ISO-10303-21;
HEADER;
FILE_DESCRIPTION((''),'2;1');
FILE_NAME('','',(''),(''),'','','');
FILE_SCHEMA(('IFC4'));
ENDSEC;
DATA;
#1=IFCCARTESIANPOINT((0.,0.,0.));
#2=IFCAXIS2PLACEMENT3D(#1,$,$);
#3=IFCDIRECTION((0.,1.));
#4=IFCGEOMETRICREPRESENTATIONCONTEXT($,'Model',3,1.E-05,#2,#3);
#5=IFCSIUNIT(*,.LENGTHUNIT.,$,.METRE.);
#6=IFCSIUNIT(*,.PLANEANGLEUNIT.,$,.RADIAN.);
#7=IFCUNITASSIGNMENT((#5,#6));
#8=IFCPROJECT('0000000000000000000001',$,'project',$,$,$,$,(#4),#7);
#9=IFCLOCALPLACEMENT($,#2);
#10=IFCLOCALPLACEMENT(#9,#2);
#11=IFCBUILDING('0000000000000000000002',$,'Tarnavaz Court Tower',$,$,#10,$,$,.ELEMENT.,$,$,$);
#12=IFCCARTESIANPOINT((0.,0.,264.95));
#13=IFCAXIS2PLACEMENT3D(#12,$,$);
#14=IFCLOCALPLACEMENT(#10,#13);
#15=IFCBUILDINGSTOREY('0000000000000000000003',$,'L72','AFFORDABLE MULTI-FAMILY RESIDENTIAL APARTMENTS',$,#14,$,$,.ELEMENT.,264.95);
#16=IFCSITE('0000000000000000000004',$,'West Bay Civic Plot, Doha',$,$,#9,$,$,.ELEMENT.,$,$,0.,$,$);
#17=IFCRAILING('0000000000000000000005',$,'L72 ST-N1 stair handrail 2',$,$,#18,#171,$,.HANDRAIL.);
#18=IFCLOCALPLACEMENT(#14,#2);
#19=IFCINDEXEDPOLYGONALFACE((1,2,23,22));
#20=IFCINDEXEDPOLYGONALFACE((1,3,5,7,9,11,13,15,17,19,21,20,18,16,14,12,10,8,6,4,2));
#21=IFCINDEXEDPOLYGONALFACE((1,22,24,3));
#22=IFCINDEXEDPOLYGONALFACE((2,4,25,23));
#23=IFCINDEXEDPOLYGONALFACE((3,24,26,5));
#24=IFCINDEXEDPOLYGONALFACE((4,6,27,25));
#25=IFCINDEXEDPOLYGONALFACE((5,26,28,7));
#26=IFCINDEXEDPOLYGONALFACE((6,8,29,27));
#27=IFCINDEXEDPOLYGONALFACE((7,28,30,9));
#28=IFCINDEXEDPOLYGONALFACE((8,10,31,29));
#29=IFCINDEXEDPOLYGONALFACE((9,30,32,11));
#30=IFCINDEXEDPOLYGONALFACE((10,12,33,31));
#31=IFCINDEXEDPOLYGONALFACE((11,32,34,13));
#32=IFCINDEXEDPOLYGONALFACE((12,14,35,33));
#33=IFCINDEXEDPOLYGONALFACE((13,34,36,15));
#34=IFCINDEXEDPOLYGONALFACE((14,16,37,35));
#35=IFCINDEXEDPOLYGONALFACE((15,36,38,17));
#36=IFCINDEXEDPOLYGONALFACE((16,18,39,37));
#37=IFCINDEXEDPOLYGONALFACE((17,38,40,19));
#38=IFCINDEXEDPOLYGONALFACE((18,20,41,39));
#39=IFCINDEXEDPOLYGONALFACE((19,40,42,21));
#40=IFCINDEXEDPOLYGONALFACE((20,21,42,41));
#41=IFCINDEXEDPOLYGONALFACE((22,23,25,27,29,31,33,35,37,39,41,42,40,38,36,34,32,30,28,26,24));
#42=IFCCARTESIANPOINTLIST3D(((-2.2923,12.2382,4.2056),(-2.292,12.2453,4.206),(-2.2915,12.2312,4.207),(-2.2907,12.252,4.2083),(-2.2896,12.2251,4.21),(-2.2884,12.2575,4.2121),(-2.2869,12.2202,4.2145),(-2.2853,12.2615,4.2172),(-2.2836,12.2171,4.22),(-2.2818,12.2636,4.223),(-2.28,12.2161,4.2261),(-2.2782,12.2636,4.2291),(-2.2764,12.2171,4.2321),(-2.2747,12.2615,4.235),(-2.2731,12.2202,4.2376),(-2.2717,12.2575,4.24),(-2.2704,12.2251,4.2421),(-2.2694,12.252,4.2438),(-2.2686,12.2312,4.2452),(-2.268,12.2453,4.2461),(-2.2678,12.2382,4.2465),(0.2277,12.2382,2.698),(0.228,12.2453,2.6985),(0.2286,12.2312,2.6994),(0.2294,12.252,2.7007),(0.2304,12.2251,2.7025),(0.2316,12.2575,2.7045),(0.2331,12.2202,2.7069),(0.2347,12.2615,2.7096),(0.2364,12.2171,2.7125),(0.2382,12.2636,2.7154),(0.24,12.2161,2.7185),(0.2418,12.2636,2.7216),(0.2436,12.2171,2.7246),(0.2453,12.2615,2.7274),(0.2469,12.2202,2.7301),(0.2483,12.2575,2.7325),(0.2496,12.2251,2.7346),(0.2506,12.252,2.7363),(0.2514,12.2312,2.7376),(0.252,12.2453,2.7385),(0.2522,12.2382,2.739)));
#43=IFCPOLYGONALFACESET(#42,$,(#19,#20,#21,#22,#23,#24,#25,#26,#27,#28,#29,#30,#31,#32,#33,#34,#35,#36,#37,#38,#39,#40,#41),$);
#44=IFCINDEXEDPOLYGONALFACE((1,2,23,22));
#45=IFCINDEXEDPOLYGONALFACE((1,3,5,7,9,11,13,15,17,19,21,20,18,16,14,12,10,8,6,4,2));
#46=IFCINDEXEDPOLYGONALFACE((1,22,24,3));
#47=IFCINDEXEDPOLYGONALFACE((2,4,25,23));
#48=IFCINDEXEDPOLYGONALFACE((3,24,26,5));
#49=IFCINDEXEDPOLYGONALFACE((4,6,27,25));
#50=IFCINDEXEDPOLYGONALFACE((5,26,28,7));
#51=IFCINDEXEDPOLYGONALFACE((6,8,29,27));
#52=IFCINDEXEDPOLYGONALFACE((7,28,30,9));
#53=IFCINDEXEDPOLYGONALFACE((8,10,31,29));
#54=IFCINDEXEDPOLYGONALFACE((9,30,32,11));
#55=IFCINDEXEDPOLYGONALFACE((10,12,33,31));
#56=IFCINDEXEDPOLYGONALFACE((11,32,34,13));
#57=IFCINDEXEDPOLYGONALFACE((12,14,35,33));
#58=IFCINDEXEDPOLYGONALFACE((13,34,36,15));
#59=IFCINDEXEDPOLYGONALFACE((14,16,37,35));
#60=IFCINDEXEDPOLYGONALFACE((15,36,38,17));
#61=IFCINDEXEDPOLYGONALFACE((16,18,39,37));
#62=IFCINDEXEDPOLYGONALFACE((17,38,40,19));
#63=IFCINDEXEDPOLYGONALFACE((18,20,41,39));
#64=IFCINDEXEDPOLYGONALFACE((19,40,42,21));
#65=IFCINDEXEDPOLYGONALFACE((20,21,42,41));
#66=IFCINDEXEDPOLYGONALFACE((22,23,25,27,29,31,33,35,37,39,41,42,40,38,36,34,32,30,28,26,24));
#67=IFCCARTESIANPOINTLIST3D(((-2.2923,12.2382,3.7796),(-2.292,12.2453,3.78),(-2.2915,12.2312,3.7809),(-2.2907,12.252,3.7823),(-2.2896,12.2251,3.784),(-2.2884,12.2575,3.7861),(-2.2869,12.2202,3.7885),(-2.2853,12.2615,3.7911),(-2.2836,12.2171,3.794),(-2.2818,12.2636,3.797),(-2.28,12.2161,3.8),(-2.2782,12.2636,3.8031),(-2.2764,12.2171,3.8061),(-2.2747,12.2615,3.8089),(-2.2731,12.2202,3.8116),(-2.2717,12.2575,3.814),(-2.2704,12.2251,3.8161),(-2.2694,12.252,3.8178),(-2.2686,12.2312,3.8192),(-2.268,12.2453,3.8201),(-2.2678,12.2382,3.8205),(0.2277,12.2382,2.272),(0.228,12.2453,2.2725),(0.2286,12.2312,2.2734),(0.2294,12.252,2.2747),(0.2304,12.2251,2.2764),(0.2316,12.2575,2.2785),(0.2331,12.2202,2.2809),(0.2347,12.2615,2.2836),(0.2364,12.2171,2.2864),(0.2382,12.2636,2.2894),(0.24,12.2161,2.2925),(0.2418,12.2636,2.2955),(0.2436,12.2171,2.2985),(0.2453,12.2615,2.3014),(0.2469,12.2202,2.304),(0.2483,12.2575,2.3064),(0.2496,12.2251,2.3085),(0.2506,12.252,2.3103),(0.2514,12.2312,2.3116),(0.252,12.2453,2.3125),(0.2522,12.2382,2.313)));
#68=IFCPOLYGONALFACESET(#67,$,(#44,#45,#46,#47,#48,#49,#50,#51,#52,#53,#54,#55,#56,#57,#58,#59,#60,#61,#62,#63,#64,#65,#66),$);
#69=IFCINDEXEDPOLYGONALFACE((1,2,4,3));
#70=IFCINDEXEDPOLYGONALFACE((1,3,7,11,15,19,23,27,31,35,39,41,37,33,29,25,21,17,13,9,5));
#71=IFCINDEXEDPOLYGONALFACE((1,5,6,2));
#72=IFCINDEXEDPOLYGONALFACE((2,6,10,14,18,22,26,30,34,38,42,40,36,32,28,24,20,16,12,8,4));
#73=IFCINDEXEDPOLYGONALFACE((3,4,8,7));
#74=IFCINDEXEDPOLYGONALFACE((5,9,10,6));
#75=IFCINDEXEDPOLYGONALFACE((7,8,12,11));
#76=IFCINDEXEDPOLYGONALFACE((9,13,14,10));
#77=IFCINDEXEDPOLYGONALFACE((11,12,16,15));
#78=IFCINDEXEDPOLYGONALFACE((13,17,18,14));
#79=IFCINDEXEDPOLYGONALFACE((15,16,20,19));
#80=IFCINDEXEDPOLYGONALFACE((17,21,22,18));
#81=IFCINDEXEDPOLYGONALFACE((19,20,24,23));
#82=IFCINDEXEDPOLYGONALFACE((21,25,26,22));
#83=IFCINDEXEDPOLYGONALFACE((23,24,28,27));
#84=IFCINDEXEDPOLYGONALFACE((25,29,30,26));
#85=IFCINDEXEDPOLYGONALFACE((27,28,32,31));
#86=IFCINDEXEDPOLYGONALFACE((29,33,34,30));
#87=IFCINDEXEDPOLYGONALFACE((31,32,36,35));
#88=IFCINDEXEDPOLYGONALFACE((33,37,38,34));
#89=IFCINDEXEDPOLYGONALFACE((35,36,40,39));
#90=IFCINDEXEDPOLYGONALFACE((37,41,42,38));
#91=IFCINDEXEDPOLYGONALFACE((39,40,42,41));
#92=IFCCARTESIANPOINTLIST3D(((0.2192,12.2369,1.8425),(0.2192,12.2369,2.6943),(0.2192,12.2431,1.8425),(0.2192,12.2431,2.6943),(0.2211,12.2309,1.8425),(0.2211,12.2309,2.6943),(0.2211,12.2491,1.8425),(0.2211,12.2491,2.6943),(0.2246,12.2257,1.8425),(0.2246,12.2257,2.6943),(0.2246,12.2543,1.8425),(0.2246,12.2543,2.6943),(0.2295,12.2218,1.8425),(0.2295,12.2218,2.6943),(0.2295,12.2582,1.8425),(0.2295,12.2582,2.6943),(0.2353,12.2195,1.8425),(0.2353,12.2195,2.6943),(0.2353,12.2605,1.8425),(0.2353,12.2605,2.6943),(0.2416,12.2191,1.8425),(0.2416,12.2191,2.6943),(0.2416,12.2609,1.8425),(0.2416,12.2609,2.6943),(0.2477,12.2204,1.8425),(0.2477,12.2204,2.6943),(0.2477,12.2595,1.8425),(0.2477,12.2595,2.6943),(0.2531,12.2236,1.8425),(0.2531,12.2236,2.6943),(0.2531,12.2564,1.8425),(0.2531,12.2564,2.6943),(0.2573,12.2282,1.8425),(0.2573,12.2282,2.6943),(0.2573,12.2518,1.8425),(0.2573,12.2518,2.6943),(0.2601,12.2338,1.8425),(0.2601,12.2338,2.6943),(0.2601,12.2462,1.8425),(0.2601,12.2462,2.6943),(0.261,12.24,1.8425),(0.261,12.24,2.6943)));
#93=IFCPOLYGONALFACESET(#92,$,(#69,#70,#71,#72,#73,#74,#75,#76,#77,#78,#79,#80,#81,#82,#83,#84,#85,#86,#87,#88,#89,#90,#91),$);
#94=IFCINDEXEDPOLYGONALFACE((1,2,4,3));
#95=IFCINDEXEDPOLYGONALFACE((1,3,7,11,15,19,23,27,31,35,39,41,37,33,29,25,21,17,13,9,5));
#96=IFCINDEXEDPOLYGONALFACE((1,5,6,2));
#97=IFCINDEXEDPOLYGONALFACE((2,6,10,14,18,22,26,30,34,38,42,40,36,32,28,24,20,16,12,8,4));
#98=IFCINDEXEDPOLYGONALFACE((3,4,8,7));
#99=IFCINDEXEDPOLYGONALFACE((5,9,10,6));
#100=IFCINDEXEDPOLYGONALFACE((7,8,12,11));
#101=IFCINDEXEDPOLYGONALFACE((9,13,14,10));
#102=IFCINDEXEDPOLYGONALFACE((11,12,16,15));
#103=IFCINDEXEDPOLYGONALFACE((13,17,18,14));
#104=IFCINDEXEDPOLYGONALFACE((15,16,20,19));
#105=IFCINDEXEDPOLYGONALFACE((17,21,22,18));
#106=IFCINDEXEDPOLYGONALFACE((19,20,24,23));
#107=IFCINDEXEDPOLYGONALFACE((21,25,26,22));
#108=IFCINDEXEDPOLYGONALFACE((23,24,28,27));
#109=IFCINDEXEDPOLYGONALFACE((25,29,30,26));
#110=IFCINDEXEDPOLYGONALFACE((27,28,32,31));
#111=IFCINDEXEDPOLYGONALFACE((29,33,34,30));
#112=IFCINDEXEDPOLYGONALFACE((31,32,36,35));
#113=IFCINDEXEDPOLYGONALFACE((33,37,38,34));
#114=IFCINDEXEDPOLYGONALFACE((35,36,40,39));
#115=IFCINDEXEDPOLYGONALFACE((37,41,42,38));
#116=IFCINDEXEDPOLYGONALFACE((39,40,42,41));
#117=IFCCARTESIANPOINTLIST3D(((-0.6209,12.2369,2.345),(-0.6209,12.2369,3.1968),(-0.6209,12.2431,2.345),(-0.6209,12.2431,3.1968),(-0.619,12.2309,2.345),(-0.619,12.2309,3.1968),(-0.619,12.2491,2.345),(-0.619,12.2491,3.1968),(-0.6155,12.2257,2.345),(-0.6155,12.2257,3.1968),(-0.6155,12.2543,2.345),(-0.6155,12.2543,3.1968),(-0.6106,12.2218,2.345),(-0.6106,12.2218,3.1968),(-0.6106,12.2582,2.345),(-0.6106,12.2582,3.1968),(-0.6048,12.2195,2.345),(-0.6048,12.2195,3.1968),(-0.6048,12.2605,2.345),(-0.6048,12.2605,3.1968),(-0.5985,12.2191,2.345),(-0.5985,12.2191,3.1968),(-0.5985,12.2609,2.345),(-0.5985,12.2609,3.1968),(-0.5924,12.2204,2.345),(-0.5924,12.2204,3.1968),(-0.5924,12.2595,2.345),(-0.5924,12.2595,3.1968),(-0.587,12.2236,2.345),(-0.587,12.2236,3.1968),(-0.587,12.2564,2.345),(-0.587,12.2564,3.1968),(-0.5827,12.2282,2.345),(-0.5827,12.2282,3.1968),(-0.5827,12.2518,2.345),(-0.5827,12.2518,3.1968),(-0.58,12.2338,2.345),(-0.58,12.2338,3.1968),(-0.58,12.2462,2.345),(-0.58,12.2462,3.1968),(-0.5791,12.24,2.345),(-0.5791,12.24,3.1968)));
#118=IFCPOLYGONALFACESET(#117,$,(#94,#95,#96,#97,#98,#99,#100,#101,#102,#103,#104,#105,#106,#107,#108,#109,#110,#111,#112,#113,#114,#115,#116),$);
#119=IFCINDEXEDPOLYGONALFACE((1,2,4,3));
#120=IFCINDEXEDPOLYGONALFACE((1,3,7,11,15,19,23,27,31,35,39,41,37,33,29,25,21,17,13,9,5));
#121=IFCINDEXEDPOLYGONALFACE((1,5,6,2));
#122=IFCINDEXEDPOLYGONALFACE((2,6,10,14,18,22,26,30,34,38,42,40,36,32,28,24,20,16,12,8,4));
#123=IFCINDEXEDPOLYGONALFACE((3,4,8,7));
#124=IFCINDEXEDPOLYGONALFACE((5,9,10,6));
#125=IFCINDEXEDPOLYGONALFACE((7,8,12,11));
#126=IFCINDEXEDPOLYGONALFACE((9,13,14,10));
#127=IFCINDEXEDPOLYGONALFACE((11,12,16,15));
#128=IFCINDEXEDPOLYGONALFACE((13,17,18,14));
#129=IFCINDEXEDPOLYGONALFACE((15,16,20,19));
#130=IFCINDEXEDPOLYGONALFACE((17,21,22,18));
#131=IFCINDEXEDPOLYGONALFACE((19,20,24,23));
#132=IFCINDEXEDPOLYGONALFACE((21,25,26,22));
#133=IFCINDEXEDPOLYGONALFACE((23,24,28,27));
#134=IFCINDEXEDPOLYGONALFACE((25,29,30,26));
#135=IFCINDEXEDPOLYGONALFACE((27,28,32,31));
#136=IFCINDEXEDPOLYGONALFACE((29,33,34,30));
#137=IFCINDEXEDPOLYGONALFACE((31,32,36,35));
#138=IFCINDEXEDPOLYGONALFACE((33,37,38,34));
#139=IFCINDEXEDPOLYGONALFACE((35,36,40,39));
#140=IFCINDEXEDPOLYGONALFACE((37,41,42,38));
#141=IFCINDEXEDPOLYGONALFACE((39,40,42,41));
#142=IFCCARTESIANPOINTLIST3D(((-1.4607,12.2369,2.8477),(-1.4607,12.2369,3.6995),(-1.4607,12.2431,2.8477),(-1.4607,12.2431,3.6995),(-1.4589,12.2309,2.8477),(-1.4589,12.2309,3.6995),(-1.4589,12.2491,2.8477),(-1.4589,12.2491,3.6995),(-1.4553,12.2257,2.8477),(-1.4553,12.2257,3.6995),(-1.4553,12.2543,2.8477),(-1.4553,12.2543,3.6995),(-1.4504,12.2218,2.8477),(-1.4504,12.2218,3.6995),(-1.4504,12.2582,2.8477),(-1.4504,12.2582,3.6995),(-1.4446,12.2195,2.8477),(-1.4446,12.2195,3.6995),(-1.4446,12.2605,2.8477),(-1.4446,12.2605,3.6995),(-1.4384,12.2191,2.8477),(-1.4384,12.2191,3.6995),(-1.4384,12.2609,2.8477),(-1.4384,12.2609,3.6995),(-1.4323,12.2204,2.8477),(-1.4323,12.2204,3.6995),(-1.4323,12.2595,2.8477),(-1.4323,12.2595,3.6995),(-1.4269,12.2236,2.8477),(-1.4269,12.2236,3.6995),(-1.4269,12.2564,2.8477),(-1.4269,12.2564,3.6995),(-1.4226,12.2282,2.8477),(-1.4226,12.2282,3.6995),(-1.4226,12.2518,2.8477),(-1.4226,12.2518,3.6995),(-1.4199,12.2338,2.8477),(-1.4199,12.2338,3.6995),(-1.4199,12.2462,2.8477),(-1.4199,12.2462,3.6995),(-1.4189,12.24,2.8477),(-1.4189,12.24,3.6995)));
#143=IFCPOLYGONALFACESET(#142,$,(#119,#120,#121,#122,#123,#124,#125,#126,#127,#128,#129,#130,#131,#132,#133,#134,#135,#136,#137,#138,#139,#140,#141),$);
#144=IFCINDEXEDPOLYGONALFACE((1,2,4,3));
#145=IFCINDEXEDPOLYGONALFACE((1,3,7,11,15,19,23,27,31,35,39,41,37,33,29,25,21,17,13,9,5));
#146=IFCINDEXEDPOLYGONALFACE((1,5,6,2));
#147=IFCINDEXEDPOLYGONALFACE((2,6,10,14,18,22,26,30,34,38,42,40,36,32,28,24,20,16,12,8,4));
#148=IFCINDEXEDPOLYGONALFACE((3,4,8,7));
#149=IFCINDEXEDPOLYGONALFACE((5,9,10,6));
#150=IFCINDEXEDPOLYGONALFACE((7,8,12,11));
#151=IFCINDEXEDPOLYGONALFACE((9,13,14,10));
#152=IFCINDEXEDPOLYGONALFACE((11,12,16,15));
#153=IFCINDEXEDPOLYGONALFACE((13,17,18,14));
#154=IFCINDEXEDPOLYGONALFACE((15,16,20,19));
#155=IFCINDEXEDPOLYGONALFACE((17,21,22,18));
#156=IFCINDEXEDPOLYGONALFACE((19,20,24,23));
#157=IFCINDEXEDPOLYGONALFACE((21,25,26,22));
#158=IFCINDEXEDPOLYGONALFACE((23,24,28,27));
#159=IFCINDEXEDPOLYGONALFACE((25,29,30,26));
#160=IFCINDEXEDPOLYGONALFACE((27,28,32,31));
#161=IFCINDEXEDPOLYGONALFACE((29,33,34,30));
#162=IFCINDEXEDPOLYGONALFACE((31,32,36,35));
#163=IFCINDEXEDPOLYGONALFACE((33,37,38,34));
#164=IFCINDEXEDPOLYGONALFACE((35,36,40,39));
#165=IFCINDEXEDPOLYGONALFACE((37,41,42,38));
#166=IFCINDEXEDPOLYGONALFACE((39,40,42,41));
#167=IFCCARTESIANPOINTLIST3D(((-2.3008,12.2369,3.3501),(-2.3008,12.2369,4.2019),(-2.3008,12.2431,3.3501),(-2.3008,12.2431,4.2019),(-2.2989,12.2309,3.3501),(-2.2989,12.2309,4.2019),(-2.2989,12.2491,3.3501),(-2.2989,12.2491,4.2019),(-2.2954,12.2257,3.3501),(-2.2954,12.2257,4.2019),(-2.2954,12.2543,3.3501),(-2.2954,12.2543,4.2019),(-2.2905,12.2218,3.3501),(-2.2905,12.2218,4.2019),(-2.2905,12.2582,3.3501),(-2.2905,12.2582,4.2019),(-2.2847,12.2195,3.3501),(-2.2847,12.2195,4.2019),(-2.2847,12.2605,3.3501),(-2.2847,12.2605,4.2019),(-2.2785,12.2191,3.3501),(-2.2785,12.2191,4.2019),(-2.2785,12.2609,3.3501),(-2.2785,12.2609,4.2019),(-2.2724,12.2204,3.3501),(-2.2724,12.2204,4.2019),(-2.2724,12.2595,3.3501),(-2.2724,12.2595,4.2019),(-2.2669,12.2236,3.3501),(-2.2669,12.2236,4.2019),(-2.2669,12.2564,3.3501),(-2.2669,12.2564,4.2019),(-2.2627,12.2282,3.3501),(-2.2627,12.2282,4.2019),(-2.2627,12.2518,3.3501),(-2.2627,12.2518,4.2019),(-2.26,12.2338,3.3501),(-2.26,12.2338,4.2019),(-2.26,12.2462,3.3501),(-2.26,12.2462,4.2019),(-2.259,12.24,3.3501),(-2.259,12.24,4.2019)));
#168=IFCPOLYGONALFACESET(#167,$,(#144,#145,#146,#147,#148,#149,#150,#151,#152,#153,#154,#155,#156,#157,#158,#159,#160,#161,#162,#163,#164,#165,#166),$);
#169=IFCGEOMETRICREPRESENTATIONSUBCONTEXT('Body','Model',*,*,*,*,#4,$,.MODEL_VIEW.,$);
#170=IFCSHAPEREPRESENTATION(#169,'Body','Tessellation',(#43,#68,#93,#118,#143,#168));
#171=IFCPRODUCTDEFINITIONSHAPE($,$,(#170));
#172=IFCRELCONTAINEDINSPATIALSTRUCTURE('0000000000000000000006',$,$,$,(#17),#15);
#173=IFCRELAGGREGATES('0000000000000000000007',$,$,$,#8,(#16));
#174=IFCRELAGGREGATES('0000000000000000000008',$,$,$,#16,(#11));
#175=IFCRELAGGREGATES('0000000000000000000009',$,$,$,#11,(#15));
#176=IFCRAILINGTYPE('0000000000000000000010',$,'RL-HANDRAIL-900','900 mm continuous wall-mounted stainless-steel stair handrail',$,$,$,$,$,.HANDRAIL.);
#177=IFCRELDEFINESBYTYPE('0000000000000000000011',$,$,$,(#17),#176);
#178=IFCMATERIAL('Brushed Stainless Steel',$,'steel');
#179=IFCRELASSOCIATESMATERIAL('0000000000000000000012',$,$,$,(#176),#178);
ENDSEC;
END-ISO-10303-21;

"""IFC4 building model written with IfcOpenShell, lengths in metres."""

from ifc_helpers import new_model, si_unit, direction, frame, origin, origin_2d, place, context, subcontext, project, spatial, circle, extrude, material, type_object, element, save


model = new_model("IFC4")

# Units and contexts
model_context = context("Model", 3, precision=1e-05, world=origin(), true_north=direction((0.0, 1.0)))
body_context = subcontext(model_context, "Body", "Model", "MODEL_VIEW")
ifc_project = project(units=[si_unit("LENGTHUNIT", "METRE"), si_unit("PLANEANGLEUNIT", "RADIAN")], contexts=[model_context])

# Site, building, storey
site_placement = place(None, origin())
site = spatial("IfcSite", under=ifc_project, at=site_placement, Name="West Bay Civic Plot, Doha", CompositionType="ELEMENT", RefElevation=0.0)
building_placement = place(site_placement, origin())
building = spatial("IfcBuilding", under=site, at=building_placement, Name="Tarnavaz Court Tower", CompositionType="ELEMENT")
storey_placement = place(building_placement, frame((0.0, 0.0, 264.95)))
storey = spatial("IfcBuildingStorey", under=building, at=storey_placement, Name="L72", Description="AFFORDABLE MULTI-FAMILY RESIDENTIAL APARTMENTS", CompositionType="ELEMENT", Elevation=264.95)

# Railing
ifc_material_1 = material(Name="Brushed Stainless Steel", Category="steel")
railing_type_1 = type_object("IfcRailingType", Name="RL-HANDRAIL-900", Description="900 mm continuous wall-mounted stainless-steel stair handrail", PredefinedType="HANDRAIL", material=ifc_material_1)
railing_1_placement = place(storey_placement, frame((0.24, 12.24, 1.8425)))
element("IfcRailing", 1, at=railing_1_placement, inside=storey, type_object=railing_type_1, Name="L72 ST-N1 stair handrail 2", PredefinedType="HANDRAIL", context=body_context, shape_type="SweptSolid", body=[
    extrude(circle(Radius=0.0239, at=origin_2d()), frame((0.0, 0.0, 0.876), z_axis=(-0.85816, 0.0, 0.513383), x_axis=(0.0, -1.0, 0.0)), (0.0, 0.0, 1.0), 2.9365),
    extrude(circle(Radius=0.0239, at=origin_2d()), frame((0.0, 0.0, 0.45), z_axis=(-0.85816, 0.0, 0.513383), x_axis=(0.0, -1.0, 0.0)), (0.0, 0.0, 1.0), 2.9365),
    extrude(circle(Radius=0.021, at=origin_2d()), origin(), (0.0, 0.0, 1.0), 0.8518),
    extrude(circle(Radius=0.021, at=origin_2d()), frame((-0.8401, 0.0, 0.5024)), (0.0, 0.0, 1.0), 0.8518),
    extrude(circle(Radius=0.021, at=origin_2d()), frame((-1.6799, 0.0, 1.0051)), (0.0, 0.0, 1.0), 0.8518),
    extrude(circle(Radius=0.021, at=origin_2d()), frame((-2.52, 0.0, 1.5076)), (0.0, 0.0, 1.0), 0.8518),
])

save(model, "model.ifc")
